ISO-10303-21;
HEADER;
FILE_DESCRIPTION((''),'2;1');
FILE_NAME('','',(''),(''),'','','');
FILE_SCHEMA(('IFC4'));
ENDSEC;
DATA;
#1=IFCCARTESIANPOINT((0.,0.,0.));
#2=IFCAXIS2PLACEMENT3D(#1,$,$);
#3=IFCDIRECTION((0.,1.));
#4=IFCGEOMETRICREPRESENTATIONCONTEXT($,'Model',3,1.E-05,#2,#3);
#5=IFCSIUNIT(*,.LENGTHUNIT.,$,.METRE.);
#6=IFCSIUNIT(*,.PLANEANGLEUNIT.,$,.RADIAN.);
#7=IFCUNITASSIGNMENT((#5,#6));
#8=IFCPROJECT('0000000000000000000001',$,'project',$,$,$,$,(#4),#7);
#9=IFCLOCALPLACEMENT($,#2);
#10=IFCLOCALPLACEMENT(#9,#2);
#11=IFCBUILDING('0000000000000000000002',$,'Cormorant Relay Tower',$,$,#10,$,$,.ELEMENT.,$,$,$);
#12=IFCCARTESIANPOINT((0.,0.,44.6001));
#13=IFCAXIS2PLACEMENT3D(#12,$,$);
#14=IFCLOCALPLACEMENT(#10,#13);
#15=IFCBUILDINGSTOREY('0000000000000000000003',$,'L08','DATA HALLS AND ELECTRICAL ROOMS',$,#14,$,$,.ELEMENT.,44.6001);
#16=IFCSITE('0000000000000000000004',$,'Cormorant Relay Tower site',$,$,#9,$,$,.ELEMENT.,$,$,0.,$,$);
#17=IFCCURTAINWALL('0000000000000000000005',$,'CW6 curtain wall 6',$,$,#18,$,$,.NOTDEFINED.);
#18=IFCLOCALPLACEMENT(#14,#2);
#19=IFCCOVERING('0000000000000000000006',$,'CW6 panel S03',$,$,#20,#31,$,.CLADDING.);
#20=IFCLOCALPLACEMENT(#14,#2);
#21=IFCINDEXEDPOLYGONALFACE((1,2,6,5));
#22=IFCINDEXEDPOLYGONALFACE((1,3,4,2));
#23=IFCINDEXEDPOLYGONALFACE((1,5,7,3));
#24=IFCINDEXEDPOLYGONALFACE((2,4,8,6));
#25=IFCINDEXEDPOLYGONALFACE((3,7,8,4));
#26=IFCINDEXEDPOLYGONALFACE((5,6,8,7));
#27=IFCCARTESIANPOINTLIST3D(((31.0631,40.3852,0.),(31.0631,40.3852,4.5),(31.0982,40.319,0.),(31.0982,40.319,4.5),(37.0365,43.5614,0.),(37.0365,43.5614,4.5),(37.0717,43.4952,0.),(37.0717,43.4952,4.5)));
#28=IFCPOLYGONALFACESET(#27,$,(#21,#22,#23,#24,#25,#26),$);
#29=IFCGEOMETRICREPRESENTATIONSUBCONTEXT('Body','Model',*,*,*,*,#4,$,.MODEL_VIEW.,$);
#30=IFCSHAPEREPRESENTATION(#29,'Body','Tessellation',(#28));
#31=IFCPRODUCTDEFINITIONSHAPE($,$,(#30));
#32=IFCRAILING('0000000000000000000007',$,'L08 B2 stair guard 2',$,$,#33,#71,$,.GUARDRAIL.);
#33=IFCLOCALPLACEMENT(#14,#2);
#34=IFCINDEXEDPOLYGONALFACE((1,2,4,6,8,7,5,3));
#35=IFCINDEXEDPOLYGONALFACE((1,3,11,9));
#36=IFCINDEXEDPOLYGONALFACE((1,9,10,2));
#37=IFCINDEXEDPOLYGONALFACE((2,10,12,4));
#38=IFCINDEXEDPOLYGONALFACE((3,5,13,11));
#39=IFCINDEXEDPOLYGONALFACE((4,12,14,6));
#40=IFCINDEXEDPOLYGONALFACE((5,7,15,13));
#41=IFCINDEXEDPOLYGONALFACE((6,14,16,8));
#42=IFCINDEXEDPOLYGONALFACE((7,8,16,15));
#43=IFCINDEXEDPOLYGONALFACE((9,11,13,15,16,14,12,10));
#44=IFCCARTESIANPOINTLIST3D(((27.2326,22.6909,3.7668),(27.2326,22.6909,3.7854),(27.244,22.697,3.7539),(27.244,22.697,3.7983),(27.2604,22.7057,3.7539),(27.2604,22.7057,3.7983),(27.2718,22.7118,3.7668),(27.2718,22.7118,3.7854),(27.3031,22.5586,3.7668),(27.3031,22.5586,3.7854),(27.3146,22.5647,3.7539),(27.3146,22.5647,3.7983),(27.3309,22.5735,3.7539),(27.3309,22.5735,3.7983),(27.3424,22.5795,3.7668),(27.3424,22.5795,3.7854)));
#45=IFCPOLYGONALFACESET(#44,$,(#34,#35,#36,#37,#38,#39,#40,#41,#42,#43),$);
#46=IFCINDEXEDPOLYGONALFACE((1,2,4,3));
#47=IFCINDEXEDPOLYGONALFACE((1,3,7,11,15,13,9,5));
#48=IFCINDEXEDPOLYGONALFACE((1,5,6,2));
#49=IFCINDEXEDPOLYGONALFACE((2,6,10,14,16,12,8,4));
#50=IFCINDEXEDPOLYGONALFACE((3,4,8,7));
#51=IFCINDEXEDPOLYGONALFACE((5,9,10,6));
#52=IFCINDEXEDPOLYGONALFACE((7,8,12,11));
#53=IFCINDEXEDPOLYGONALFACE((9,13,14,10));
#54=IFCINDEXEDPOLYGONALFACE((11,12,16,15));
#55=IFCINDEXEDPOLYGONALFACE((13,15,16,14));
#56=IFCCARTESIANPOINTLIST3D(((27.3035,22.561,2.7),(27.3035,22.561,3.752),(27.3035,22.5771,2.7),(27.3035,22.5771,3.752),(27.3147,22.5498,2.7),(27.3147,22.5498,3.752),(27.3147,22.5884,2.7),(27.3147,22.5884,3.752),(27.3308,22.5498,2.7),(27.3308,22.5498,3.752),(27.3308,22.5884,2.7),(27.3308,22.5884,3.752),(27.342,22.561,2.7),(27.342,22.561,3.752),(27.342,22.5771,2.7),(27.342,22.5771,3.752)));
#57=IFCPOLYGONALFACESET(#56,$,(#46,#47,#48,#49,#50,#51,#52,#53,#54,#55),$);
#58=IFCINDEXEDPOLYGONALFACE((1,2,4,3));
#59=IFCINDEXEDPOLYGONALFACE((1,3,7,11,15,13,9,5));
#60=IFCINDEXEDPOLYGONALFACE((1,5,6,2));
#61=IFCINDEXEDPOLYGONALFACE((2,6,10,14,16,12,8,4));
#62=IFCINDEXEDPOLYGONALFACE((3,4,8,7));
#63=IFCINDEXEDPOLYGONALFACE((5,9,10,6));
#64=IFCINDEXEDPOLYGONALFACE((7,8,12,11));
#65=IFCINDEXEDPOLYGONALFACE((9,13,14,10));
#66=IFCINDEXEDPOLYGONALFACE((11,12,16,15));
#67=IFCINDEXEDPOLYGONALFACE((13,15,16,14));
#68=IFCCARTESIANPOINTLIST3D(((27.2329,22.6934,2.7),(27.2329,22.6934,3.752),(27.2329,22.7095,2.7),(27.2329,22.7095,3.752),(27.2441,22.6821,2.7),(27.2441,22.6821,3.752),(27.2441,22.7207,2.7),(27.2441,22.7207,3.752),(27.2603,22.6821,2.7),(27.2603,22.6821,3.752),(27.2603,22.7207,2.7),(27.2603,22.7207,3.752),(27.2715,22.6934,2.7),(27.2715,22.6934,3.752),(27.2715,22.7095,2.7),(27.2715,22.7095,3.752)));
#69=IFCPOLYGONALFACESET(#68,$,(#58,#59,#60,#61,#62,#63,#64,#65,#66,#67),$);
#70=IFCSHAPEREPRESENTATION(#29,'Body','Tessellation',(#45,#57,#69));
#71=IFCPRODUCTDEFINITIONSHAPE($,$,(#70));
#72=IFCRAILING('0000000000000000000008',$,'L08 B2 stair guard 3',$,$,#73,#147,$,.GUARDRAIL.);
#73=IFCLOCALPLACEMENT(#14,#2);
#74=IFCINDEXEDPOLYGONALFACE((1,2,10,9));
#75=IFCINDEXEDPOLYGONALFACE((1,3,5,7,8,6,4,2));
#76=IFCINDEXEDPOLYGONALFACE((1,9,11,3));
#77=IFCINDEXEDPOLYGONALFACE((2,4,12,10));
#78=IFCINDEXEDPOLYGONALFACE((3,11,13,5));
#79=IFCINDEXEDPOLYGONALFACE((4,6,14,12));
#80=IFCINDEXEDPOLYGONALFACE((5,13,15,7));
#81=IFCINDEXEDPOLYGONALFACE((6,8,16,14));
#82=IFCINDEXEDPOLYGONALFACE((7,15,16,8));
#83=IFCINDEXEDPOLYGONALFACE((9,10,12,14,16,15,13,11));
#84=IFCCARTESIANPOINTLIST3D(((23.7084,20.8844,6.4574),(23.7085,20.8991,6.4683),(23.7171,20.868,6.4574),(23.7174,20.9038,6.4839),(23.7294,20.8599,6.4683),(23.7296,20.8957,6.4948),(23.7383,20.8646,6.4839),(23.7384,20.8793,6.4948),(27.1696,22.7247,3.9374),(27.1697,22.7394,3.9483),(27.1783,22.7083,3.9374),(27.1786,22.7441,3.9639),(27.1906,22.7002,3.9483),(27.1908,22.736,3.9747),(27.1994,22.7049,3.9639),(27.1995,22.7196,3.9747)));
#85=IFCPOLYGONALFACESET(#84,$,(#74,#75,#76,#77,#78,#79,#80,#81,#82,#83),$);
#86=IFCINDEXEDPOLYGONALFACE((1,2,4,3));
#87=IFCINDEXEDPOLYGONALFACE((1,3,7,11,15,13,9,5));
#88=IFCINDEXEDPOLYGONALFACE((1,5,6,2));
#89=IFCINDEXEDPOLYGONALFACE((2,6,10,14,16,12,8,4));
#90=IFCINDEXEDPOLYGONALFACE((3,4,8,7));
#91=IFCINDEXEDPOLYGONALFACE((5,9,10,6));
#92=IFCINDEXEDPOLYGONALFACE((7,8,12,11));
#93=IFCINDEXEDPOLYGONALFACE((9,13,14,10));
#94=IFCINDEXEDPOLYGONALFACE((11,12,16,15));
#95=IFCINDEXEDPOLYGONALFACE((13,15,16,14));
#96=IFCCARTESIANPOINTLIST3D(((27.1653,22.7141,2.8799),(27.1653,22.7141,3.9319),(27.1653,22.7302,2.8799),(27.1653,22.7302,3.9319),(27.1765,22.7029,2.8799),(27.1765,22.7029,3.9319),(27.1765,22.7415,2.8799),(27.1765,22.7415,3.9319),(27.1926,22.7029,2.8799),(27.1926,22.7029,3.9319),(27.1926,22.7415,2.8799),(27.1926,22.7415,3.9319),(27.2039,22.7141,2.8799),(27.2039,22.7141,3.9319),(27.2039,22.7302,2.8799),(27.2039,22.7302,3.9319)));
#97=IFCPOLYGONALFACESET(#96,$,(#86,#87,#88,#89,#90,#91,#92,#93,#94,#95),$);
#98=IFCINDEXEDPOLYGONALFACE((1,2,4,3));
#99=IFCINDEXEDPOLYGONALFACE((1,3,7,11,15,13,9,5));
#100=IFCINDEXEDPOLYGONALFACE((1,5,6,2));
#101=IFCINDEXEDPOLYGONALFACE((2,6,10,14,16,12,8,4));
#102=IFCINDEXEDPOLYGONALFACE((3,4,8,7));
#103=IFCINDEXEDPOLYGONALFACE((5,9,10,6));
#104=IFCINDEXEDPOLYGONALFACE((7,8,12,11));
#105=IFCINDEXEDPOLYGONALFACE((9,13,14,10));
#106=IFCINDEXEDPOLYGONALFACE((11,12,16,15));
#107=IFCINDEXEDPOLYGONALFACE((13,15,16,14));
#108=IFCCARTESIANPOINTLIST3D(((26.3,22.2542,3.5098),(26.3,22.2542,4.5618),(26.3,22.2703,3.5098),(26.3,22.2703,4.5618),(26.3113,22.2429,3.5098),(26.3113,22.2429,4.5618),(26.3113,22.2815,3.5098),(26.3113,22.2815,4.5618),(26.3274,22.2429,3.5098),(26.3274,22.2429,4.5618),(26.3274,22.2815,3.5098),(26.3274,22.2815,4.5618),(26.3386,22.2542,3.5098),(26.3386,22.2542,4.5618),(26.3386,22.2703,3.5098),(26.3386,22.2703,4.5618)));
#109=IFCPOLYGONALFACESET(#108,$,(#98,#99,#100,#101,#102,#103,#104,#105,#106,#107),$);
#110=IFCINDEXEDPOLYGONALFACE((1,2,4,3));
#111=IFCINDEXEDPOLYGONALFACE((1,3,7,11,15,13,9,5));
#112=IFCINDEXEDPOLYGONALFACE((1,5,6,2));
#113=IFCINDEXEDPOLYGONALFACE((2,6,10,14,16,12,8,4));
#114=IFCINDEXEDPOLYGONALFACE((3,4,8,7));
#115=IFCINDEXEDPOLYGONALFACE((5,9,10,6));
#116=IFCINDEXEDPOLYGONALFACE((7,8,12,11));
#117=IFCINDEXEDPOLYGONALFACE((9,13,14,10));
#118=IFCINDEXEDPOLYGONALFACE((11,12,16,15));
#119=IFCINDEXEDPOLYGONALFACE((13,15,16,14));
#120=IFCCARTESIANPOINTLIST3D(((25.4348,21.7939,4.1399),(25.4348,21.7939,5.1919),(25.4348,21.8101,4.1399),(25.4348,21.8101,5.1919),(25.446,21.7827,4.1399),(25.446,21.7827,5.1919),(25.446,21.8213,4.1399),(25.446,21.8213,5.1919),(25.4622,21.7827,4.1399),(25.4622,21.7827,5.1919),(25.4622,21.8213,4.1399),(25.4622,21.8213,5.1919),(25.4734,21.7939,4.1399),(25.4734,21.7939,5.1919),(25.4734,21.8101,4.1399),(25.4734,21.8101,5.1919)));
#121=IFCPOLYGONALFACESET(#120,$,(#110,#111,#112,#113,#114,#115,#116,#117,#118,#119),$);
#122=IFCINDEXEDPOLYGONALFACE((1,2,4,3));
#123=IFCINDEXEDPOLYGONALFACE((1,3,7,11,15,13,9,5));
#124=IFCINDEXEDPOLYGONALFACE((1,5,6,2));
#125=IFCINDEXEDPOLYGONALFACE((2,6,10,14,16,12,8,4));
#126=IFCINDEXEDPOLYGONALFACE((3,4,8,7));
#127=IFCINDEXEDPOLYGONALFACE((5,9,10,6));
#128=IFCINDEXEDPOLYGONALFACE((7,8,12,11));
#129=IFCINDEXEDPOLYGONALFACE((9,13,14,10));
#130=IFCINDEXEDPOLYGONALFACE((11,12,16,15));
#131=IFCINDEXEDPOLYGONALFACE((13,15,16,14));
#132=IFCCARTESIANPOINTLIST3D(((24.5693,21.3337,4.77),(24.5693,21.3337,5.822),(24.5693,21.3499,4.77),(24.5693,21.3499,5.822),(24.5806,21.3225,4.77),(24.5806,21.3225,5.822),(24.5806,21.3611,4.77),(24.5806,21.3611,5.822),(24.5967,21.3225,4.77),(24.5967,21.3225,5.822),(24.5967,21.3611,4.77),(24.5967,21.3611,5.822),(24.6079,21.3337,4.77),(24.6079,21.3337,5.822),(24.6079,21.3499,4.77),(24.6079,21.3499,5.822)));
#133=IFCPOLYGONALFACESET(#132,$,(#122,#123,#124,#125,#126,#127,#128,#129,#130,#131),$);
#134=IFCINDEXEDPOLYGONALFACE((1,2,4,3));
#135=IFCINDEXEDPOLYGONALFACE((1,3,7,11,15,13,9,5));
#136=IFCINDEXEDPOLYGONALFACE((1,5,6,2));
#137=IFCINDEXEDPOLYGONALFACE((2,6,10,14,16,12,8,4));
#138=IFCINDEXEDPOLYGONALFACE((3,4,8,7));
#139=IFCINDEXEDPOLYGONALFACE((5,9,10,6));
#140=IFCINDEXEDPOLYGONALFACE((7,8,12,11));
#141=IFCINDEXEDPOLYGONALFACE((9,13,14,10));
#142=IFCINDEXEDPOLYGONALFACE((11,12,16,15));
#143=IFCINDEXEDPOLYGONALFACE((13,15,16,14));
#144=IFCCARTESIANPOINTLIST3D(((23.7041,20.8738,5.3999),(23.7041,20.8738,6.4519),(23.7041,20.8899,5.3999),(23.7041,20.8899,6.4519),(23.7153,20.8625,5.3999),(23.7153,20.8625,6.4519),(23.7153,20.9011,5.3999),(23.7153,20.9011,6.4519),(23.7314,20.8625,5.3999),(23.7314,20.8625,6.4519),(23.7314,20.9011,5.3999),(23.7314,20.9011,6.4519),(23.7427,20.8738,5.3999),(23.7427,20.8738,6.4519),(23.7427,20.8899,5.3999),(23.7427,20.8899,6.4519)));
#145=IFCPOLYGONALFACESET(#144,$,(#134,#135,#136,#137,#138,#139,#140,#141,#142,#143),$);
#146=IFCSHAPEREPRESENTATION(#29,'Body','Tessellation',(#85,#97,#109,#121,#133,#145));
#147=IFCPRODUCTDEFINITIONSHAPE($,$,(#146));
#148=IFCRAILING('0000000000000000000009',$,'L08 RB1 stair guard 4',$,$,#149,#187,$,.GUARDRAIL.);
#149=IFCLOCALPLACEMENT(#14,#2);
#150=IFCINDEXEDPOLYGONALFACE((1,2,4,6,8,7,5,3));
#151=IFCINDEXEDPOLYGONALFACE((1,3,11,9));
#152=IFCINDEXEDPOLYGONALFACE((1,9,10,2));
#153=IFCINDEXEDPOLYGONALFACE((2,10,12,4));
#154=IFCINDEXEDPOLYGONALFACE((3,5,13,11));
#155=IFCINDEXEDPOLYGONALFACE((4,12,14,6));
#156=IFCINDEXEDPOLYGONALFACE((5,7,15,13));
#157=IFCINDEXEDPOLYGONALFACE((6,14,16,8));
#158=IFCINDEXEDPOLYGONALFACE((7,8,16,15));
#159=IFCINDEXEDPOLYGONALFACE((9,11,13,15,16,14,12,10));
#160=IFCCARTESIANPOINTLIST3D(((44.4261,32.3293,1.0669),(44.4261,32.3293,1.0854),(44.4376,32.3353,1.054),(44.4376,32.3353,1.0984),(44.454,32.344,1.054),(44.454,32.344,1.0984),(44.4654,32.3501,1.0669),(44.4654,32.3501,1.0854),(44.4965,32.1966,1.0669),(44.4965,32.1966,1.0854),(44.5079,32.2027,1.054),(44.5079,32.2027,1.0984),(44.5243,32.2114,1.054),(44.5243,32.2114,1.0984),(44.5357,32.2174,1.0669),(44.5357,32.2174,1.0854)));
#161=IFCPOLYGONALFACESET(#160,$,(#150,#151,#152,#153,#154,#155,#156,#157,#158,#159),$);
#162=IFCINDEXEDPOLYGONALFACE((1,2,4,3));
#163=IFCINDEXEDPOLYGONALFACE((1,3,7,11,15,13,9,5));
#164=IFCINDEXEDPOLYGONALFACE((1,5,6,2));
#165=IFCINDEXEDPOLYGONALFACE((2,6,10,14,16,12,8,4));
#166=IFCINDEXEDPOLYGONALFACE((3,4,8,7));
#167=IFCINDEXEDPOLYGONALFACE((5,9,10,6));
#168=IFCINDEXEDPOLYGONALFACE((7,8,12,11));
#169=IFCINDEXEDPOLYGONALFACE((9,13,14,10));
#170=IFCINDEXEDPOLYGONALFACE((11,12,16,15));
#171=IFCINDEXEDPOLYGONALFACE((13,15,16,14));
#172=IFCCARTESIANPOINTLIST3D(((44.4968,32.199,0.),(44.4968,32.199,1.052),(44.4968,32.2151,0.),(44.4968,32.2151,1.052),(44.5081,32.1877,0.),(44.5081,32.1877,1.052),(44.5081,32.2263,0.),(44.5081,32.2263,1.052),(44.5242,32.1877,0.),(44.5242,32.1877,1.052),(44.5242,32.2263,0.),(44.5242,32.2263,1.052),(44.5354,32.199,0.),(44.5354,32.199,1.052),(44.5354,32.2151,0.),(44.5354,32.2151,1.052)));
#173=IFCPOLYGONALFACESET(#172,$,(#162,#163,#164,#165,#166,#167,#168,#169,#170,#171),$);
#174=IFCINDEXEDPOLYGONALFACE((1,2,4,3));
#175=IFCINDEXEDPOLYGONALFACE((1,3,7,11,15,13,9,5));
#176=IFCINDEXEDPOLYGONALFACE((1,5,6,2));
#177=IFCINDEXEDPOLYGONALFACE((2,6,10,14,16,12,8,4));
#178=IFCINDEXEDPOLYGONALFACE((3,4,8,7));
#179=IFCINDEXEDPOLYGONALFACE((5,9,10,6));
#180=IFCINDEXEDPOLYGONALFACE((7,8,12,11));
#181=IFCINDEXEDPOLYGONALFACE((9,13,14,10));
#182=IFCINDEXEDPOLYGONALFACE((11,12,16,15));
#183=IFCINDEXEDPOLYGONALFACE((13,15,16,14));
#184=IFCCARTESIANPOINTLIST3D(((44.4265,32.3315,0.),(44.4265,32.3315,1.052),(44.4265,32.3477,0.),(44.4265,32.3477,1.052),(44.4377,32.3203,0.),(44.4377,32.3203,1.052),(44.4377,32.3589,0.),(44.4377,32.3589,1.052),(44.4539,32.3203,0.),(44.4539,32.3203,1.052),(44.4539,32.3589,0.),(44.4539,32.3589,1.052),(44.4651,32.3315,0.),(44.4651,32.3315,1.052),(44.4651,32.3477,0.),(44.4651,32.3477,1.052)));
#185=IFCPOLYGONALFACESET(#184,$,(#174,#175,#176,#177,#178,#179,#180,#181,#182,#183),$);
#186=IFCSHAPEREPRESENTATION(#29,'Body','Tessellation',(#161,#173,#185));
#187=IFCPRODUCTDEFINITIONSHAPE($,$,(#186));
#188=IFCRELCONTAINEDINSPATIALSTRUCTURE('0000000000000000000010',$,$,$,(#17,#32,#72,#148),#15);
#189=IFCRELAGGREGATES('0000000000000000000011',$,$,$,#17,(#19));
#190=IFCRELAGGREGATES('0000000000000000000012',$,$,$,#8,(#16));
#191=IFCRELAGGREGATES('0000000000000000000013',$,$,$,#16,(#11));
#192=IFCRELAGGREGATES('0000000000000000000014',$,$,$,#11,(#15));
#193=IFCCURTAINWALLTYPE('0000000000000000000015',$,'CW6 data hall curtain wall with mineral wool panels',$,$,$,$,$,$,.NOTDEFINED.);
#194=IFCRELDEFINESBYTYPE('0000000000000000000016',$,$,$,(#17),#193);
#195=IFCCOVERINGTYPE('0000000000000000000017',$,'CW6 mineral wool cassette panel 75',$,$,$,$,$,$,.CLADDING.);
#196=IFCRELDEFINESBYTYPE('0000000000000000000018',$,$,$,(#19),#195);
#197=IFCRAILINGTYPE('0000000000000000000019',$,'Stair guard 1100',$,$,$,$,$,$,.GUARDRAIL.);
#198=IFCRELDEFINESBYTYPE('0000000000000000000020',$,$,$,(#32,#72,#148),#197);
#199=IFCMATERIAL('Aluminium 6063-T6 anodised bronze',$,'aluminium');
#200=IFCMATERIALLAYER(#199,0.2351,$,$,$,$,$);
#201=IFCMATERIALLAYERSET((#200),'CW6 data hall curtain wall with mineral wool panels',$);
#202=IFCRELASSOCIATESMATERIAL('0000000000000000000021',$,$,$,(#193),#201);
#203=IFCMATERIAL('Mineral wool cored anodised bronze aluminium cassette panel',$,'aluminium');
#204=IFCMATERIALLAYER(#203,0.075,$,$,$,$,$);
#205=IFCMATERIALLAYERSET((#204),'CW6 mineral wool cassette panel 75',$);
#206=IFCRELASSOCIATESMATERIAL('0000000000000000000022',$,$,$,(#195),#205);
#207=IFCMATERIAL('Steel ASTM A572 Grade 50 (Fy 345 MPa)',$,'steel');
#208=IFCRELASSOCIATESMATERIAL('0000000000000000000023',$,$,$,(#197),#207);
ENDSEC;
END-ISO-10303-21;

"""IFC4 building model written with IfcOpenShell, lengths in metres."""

from ifc_helpers import new_model, si_unit, direction, frame, origin, origin_2d, place, context, subcontext, project, spatial, polyline, rectangle, outline, extrude, material, layer, layer_set, type_object, element, aggregate, save


model = new_model("IFC4")

# Units and contexts
model_context = context("Model", 3, precision=1e-05, world=origin(), true_north=direction((0.0, 1.0)))
body_context = subcontext(model_context, "Body", "Model", "MODEL_VIEW")
ifc_project = project(units=[si_unit("LENGTHUNIT", "METRE"), si_unit("PLANEANGLEUNIT", "RADIAN")], contexts=[model_context])

# Site, building, storey
site_placement = place(None, origin())
site = spatial("IfcSite", under=ifc_project, at=site_placement, Name="Cormorant Relay Tower site", CompositionType="ELEMENT", RefElevation=0.0)
building_placement = place(site_placement, origin())
building = spatial("IfcBuilding", under=site, at=building_placement, Name="Cormorant Relay Tower", CompositionType="ELEMENT")
storey_placement = place(building_placement, frame((0.0, 0.0, 44.6001)))
storey = spatial("IfcBuildingStorey", under=building, at=storey_placement, Name="L08", Description="DATA HALLS AND ELECTRICAL ROOMS", CompositionType="ELEMENT", Elevation=44.6001)

# Curtain wall
ifc_material_1 = material(Name="Aluminium 6063-T6 anodised bronze", Category="aluminium")
ifc_layer_1 = layer(ifc_material_1, 0.2351)
ifc_layer_set_1 = layer_set([ifc_layer_1], Name="CW6 data hall curtain wall with mineral wool panels")
curtain_wall_type = type_object("IfcCurtainWallType", Name="CW6 data hall curtain wall with mineral wool panels", PredefinedType="NOTDEFINED", material=ifc_layer_set_1)
curtain_wall_placement = place(storey_placement, origin())
curtain_wall = element("IfcCurtainWall", 1, at=curtain_wall_placement, inside=storey, type_object=curtain_wall_type, Name="CW6 curtain wall 6", PredefinedType="NOTDEFINED")

# Covering
ifc_material_2 = material(Name="Mineral wool cored anodised bronze aluminium cassette panel", Category="aluminium")
ifc_layer_2 = layer(ifc_material_2, 0.075)
ifc_layer_set_2 = layer_set([ifc_layer_2], Name="CW6 mineral wool cassette panel 75")
covering_type = type_object("IfcCoveringType", Name="CW6 mineral wool cassette panel 75", PredefinedType="CLADDING", material=ifc_layer_set_2)
covering_1_placement = place(storey_placement, frame((34.0674, 41.9402, 0.0), z_axis=(0.0, 0.0, 1.0), x_axis=(-0.882948, -0.469472, 0.0)))
covering_1 = element("IfcCovering", 2, at=covering_1_placement, type_object=covering_type, Name="CW6 panel S03", PredefinedType="CLADDING", context=body_context, shape_type="SweptSolid", body=[
    extrude(rectangle(XDim=6.7654, YDim=0.075, at=origin_2d()), origin(), (0.0, 0.0, 1.0), 4.5),
])
aggregate(curtain_wall, [covering_1])

# Railings
ifc_material_3 = material(Name="Steel ASTM A572 Grade 50 (Fy 345 MPa)", Category="steel")
railing_type_1 = type_object("IfcRailingType", Name="Stair guard 1100", PredefinedType="GUARDRAIL", material=ifc_material_3)
railing_1_placement = place(storey_placement, frame((27.3228, 22.5691, 2.7)))
element("IfcRailing", 3, at=railing_1_placement, inside=storey, type_object=railing_type_1, Name="L08 B2 stair guard 2", PredefinedType="GUARDRAIL", context=body_context, shape_type="SweptSolid", body=[
    extrude(outline(polyline([(0.0222, 0.0093), (0.0093, 0.0222), (-0.0093, 0.0222), (-0.0222, 0.0093), (-0.0222, -0.0093), (-0.0093, -0.0222), (0.0093, -0.0222), (0.0222, -0.0093), (0.0222, 0.0093)])), frame((0.0, 0.0, 1.0762), z_axis=(-0.470504, 0.882398, 0.0), x_axis=(-0.882398, -0.470504, 0.0)), (0.0, 0.0, 1.0), 0.1499),
    extrude(outline(polyline([(0.0193, 0.0081), (0.0081, 0.0193), (-0.0081, 0.0193), (-0.0193, 0.0081), (-0.0193, -0.0081), (-0.0081, -0.0193), (0.0081, -0.0193), (0.0193, -0.0081), (0.0193, 0.0081)])), origin(), (0.0, 0.0, 1.0), 1.052),
    extrude(outline(polyline([(0.0193, 0.0081), (0.0081, 0.0193), (-0.0081, 0.0193), (-0.0193, 0.0081), (-0.0193, -0.0081), (-0.0081, -0.0193), (0.0081, -0.0193), (0.0193, -0.0081), (0.0193, 0.0081)])), frame((-0.0706, 0.1323, 0.0)), (0.0, 0.0, 1.0), 1.052),
])
railing_2_placement = place(storey_placement, frame((27.1846, 22.7222, 2.8799)))
element("IfcRailing", 4, at=railing_2_placement, inside=storey, type_object=railing_type_1, Name="L08 B2 stair guard 3", PredefinedType="GUARDRAIL", context=body_context, shape_type="SweptSolid", body=[
    extrude(outline(polyline([(0.0222, 0.0093), (0.0093, 0.0222), (-0.0093, 0.0222), (-0.0222, 0.0093), (-0.0222, -0.0093), (-0.0093, -0.0222), (0.0093, -0.0222), (0.0222, -0.0093), (0.0222, 0.0093)])), frame((0.0, 0.0, 1.0762), z_axis=(-0.742717, -0.394907, 0.540758), x_axis=(0.469469, -0.882949, 0.0)), (0.0, 0.0, 1.0), 4.6602),
    extrude(outline(polyline([(0.0193, 0.0081), (0.0081, 0.0193), (-0.0081, 0.0193), (-0.0193, 0.0081), (-0.0193, -0.0081), (-0.0081, -0.0193), (0.0081, -0.0193), (0.0193, -0.0081), (0.0193, 0.0081)])), origin(), (0.0, 0.0, 1.0), 1.052),
    extrude(outline(polyline([(0.0193, 0.0081), (0.0081, 0.0193), (-0.0081, 0.0193), (-0.0193, 0.0081), (-0.0193, -0.0081), (-0.0081, -0.0193), (0.0081, -0.0193), (0.0193, -0.0081), (0.0193, 0.0081)])), frame((-0.8652, -0.46, 0.6299)), (0.0, 0.0, 1.0), 1.052),
    extrude(outline(polyline([(0.0193, 0.0081), (0.0081, 0.0193), (-0.0081, 0.0193), (-0.0193, 0.0081), (-0.0193, -0.0081), (-0.0081, -0.0193), (0.0081, -0.0193), (0.0193, -0.0081), (0.0193, 0.0081)])), frame((-1.7305, -0.9202, 1.26)), (0.0, 0.0, 1.0), 1.052),
    extrude(outline(polyline([(0.0193, 0.0081), (0.0081, 0.0193), (-0.0081, 0.0193), (-0.0193, 0.0081), (-0.0193, -0.0081), (-0.0081, -0.0193), (0.0081, -0.0193), (0.0193, -0.0081), (0.0193, 0.0081)])), frame((-2.5959, -1.3804, 1.8901)), (0.0, 0.0, 1.0), 1.052),
    extrude(outline(polyline([(0.0193, 0.0081), (0.0081, 0.0193), (-0.0081, 0.0193), (-0.0193, 0.0081), (-0.0193, -0.0081), (-0.0081, -0.0193), (0.0081, -0.0193), (0.0193, -0.0081), (0.0193, 0.0081)])), frame((-3.4612, -1.8403, 2.52)), (0.0, 0.0, 1.0), 1.052),
])
railing_3_placement = place(storey_placement, frame((44.5161, 32.207, 0.0)))
element("IfcRailing", 5, at=railing_3_placement, inside=storey, type_object=railing_type_1, Name="L08 RB1 stair guard 4", PredefinedType="GUARDRAIL", context=body_context, shape_type="SweptSolid", body=[
    extrude(outline(polyline([(0.0222, 0.0093), (0.0093, 0.0222), (-0.0093, 0.0222), (-0.0222, 0.0093), (-0.0222, -0.0093), (-0.0093, -0.0222), (0.0093, -0.0222), (0.0222, -0.0093), (0.0222, 0.0093)])), frame((0.0, 0.0, 1.0762), z_axis=(-0.46856, 0.883431, 0.0), x_axis=(-0.883431, -0.46856, 0.0)), (0.0, 0.0, 1.0), 0.1501),
    extrude(outline(polyline([(0.0193, 0.0081), (0.0081, 0.0193), (-0.0081, 0.0193), (-0.0193, 0.0081), (-0.0193, -0.0081), (-0.0081, -0.0193), (0.0081, -0.0193), (0.0193, -0.0081), (0.0193, 0.0081)])), origin(), (0.0, 0.0, 1.0), 1.052),
    extrude(outline(polyline([(0.0193, 0.0081), (0.0081, 0.0193), (-0.0081, 0.0193), (-0.0193, 0.0081), (-0.0193, -0.0081), (-0.0081, -0.0193), (0.0081, -0.0193), (0.0193, -0.0081), (0.0193, 0.0081)])), frame((-0.0703, 0.1326, 0.0)), (0.0, 0.0, 1.0), 1.052),
])

save(model, "model.ifc")
